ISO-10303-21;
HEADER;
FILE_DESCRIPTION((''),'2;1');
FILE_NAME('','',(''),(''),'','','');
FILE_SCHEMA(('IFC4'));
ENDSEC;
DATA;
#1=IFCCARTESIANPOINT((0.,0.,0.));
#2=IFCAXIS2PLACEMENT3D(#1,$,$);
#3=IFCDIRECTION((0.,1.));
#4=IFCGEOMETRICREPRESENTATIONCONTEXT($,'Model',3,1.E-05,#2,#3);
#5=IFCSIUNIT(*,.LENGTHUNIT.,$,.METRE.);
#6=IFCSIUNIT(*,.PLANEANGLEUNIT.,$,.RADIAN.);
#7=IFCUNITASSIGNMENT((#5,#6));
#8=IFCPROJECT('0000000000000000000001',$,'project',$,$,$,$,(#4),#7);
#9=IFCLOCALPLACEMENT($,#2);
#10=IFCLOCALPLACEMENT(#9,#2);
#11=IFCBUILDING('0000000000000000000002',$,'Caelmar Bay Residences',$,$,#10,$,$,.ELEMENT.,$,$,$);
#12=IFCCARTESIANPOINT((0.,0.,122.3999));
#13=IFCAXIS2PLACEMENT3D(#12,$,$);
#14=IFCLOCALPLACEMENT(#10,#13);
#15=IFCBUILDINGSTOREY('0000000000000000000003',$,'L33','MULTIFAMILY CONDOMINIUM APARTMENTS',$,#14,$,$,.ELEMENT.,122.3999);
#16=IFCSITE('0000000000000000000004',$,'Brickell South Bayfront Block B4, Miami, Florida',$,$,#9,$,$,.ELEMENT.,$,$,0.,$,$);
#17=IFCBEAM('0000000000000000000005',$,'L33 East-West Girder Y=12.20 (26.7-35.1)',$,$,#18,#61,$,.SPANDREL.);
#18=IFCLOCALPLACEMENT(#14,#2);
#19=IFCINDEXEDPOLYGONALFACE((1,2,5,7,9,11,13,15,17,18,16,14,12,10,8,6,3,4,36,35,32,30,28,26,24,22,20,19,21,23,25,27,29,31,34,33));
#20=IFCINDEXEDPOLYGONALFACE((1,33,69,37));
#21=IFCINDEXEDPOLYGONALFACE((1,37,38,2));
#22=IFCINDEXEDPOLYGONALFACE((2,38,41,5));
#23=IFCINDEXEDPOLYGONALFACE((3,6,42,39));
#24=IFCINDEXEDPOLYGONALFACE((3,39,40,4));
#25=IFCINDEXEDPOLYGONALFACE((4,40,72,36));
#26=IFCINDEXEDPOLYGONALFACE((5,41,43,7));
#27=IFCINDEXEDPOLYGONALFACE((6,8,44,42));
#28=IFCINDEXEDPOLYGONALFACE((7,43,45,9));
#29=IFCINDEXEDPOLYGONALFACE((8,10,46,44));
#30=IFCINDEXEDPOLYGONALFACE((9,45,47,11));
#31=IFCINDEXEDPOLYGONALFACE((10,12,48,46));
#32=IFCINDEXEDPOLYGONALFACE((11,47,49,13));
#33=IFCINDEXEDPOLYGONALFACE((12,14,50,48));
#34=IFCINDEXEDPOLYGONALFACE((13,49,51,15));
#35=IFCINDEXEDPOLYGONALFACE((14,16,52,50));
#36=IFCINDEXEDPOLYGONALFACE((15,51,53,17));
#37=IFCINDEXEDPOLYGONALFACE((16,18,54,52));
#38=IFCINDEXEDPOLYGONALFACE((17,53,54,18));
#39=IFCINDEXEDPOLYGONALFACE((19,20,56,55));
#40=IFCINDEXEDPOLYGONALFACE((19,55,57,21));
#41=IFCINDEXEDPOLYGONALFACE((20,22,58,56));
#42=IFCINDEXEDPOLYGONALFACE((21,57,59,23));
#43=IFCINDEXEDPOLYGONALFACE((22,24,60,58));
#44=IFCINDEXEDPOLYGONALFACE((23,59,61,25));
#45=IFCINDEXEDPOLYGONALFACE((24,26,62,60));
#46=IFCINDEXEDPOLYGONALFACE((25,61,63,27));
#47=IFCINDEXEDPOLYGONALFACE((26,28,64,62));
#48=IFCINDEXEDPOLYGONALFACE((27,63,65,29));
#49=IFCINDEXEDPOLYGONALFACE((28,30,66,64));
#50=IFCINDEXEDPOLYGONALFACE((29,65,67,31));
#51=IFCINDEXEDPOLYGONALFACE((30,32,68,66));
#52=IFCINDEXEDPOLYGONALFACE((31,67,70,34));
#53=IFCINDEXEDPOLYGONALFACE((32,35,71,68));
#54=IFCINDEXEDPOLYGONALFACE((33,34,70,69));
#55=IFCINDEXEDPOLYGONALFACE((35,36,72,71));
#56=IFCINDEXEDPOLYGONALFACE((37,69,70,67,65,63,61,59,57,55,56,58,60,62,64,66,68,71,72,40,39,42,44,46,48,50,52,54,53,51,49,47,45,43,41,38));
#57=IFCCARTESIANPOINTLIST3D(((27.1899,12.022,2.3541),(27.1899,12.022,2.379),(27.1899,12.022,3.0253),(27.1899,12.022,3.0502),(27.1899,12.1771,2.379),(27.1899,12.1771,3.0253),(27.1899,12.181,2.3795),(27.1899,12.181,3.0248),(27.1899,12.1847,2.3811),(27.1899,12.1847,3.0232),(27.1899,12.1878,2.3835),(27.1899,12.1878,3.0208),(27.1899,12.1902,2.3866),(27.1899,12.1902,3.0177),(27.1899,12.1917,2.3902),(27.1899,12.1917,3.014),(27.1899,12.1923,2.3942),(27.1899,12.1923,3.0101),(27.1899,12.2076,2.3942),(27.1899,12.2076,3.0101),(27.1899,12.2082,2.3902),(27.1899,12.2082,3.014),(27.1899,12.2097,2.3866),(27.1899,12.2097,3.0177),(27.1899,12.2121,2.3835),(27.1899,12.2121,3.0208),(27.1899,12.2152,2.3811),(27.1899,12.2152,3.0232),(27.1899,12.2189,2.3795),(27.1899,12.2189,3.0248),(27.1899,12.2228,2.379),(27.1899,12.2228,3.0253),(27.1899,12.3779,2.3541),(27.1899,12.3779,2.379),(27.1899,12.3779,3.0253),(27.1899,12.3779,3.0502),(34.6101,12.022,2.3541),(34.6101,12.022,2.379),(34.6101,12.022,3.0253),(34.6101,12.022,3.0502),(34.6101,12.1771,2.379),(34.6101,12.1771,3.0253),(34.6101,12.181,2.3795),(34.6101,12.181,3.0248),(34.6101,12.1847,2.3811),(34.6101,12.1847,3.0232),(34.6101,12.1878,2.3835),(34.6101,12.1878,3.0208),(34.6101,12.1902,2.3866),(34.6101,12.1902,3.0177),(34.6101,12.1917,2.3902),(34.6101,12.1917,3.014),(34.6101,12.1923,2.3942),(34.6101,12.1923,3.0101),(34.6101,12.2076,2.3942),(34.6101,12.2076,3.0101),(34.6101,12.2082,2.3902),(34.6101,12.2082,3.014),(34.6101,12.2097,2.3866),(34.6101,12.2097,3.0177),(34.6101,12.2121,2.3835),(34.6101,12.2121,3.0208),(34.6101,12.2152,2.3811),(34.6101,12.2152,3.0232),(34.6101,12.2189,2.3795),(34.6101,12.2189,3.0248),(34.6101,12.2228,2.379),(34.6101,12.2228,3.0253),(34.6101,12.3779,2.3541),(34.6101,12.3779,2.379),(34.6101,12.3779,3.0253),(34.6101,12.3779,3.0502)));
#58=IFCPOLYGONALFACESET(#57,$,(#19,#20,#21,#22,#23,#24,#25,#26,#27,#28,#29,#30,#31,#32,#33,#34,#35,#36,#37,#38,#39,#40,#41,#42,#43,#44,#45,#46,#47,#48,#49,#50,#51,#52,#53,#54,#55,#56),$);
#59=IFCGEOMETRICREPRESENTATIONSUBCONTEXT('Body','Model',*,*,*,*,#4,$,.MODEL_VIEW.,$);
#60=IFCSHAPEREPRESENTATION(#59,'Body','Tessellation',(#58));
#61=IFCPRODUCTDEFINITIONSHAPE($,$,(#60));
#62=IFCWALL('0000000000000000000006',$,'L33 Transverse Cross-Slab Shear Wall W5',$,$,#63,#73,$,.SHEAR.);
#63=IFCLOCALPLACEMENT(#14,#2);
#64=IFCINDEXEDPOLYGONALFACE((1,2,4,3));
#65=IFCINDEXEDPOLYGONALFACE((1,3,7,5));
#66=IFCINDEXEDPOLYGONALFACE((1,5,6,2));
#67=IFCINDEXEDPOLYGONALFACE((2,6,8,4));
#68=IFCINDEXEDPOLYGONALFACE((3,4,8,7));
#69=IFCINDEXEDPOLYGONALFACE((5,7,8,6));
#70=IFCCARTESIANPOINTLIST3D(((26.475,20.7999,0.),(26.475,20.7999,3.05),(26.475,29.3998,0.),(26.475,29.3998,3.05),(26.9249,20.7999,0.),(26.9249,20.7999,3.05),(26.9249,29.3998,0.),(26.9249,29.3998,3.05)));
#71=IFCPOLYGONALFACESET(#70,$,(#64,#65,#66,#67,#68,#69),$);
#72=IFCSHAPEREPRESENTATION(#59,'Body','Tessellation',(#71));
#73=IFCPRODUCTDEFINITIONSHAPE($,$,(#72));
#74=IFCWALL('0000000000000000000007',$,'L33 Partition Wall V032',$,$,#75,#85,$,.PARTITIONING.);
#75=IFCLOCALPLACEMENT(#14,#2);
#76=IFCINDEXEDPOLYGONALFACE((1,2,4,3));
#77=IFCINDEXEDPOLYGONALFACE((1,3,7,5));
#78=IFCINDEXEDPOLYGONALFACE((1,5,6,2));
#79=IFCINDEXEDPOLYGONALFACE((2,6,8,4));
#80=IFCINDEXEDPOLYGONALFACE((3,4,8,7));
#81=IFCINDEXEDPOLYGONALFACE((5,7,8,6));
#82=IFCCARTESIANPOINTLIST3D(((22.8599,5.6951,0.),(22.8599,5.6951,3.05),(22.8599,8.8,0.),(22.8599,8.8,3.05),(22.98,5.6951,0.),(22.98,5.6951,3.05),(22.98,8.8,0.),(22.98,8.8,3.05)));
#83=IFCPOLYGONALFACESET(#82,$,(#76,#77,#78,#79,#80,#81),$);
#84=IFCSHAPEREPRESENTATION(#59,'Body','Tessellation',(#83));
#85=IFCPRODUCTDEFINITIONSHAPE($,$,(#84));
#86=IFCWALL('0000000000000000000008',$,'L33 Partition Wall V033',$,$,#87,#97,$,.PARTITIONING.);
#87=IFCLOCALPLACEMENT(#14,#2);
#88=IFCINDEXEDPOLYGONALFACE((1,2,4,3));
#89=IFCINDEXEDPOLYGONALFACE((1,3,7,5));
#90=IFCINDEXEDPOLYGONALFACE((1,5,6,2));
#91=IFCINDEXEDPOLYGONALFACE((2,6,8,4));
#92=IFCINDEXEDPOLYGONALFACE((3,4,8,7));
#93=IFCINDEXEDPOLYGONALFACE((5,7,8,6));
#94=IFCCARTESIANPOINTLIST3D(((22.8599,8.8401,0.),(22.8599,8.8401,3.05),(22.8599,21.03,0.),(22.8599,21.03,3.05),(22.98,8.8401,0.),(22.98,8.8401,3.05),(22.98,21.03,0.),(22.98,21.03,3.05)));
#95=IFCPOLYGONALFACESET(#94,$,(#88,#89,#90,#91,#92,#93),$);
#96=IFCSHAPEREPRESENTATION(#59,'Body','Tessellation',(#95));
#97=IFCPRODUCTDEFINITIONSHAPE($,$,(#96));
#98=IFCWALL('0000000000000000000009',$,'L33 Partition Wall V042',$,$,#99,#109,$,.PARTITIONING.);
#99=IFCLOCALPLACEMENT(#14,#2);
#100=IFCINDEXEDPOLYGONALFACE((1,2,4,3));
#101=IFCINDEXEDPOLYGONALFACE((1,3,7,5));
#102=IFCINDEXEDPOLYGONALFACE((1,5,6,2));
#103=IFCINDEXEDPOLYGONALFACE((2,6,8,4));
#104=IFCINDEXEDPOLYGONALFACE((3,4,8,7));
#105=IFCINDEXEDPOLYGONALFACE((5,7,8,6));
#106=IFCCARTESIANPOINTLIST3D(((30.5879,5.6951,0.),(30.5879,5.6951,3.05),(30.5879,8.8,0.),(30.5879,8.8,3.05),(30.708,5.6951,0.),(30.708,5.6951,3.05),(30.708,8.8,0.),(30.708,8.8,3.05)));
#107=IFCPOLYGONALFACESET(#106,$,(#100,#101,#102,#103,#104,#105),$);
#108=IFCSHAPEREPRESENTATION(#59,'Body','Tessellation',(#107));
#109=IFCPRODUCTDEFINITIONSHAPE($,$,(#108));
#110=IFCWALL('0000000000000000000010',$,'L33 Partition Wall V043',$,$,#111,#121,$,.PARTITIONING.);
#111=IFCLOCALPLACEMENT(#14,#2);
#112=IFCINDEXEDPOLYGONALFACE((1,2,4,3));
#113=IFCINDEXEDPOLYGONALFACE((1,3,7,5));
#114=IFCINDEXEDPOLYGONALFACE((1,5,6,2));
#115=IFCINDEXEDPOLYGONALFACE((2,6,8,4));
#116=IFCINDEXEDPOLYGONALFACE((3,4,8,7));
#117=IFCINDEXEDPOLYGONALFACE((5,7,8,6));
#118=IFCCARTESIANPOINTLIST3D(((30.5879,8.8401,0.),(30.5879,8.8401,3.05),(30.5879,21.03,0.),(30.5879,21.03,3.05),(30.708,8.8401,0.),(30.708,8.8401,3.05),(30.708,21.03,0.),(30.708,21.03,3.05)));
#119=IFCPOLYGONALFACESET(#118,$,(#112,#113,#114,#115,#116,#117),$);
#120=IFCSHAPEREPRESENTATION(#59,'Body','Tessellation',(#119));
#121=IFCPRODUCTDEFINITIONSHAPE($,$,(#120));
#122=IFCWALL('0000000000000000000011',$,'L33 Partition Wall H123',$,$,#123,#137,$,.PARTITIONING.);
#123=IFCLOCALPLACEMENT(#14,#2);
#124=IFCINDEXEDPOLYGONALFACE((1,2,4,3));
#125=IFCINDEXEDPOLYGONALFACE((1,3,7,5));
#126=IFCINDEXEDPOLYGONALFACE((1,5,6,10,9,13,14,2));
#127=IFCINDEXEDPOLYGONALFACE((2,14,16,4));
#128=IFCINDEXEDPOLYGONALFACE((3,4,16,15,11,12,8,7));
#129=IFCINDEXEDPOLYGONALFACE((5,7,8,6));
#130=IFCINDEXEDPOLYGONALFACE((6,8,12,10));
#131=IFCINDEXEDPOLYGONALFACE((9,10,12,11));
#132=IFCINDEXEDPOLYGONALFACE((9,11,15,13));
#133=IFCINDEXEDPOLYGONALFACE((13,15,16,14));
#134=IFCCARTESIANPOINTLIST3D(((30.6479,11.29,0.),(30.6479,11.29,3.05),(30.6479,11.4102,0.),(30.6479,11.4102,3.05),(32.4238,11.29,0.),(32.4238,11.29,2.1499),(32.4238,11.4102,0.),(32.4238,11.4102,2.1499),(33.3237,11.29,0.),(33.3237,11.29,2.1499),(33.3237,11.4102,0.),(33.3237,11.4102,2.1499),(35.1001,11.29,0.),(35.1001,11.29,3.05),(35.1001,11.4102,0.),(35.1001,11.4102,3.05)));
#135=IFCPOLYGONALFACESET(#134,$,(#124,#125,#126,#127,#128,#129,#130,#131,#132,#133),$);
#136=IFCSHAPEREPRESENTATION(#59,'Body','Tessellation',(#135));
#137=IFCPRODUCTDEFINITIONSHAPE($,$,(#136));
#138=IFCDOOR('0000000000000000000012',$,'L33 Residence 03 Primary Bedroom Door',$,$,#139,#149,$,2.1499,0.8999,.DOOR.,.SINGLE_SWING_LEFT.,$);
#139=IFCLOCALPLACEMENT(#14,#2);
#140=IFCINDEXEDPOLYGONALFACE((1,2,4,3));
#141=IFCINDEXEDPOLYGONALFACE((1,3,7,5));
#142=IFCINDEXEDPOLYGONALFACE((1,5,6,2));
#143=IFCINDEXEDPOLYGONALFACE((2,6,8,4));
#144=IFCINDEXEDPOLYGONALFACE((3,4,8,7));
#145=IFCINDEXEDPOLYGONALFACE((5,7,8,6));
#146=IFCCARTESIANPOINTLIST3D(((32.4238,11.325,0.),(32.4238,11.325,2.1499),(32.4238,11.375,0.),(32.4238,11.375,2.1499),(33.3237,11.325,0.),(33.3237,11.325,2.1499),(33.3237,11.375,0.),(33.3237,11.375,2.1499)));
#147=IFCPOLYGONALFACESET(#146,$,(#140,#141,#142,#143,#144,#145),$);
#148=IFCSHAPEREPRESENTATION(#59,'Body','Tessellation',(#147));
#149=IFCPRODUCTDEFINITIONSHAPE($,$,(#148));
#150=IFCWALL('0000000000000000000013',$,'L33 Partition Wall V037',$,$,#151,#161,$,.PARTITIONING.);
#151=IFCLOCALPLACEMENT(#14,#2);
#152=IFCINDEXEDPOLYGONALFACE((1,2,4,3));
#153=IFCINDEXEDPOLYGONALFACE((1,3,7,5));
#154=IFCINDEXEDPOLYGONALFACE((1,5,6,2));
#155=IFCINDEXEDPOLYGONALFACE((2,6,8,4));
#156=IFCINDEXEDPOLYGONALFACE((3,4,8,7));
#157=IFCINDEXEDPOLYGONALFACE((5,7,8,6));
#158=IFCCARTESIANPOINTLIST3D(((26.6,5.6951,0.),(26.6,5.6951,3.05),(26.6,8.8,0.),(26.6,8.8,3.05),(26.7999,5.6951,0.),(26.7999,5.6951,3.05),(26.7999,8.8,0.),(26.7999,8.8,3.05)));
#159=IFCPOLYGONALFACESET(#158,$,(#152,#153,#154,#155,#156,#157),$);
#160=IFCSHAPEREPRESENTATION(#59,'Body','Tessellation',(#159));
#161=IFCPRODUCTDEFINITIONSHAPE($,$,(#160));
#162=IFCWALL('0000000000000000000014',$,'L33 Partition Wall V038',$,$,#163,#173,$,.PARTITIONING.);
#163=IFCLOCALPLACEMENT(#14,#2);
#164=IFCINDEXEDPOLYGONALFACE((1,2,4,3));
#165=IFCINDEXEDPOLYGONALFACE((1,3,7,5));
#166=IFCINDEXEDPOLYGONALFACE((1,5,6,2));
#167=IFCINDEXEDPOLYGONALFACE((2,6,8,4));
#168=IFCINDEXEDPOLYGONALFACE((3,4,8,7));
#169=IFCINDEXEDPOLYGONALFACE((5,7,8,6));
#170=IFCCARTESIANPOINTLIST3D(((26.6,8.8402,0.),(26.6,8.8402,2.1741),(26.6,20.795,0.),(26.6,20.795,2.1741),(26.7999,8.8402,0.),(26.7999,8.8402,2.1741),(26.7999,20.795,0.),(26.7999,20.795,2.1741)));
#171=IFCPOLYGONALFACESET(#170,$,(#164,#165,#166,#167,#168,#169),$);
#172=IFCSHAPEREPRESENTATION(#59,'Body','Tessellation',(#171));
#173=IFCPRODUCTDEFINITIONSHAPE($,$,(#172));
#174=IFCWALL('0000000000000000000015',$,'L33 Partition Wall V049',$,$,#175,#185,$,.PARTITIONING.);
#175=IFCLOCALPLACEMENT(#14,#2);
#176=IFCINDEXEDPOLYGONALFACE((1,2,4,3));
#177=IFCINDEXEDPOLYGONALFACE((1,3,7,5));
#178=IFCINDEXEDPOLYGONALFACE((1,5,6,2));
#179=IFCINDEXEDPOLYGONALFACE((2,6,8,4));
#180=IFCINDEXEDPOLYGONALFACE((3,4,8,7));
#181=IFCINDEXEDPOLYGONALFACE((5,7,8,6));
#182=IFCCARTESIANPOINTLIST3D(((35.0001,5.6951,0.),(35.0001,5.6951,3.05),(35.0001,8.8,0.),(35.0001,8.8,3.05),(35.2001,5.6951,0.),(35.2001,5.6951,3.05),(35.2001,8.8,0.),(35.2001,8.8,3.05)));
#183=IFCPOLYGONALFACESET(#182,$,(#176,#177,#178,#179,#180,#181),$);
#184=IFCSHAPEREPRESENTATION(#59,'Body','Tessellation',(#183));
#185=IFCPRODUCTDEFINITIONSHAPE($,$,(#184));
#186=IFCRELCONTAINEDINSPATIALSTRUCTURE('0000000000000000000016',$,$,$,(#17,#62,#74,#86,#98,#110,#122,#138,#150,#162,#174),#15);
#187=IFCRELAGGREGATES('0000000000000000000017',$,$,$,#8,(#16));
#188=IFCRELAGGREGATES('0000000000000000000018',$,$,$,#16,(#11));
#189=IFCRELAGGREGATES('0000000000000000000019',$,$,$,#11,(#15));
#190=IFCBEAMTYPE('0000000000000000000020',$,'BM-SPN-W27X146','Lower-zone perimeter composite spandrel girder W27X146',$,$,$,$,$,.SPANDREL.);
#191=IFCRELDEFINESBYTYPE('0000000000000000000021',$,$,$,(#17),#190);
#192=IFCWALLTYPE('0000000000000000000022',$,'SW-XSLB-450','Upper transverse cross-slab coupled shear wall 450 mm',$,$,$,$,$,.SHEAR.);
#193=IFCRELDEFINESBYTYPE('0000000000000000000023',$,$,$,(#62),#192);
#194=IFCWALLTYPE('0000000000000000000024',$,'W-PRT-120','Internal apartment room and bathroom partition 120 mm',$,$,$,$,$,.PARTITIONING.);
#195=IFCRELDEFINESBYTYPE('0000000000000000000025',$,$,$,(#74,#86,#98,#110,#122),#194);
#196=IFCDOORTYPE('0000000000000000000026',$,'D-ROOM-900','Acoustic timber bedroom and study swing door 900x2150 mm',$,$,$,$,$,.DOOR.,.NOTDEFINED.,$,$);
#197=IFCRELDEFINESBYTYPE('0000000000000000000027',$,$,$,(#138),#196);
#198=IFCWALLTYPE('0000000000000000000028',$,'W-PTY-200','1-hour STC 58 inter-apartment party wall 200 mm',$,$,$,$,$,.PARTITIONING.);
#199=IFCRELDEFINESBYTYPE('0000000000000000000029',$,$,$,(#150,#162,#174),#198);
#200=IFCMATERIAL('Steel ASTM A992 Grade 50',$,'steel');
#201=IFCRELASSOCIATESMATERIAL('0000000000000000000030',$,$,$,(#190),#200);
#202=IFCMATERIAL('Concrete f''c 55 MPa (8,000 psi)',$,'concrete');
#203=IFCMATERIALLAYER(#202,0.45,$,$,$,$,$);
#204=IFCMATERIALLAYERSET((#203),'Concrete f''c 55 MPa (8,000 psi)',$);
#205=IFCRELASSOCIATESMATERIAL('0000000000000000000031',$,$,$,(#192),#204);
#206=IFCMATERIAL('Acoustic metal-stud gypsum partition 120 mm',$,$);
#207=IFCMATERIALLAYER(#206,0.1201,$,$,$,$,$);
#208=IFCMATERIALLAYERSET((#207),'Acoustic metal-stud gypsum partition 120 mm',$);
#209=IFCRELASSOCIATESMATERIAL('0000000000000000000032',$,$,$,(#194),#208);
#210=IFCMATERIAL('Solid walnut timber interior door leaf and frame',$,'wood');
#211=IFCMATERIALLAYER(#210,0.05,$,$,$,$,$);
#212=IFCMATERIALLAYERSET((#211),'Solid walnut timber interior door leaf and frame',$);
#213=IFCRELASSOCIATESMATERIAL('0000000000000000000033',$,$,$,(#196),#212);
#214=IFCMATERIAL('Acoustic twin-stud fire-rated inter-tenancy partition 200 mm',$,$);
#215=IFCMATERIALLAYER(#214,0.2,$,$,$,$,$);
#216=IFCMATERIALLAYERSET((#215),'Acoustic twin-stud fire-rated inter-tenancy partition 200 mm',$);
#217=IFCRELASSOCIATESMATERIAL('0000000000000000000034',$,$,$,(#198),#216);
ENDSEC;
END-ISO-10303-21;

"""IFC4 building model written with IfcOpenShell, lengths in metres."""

from ifc_helpers import new_model, si_unit, direction, frame, frame_2d, origin, origin_2d, place, context, subcontext, project, spatial, rectangle, i_section, extrude, material, layer, layer_set, material_profile, profile_set, type_object, element, fill, save


model = new_model("IFC4")

# Units and contexts
model_context = context("Model", 3, precision=1e-05, world=origin(), true_north=direction((0.0, 1.0)))
body_context = subcontext(model_context, "Body", "Model", "MODEL_VIEW")
ifc_project = project(units=[si_unit("LENGTHUNIT", "METRE"), si_unit("PLANEANGLEUNIT", "RADIAN")], contexts=[model_context])

# Site, building, storey
site_placement = place(None, origin())
site = spatial("IfcSite", under=ifc_project, at=site_placement, Name="Brickell South Bayfront Block B4, Miami, Florida", CompositionType="ELEMENT", RefElevation=0.0)
building_placement = place(site_placement, origin())
building = spatial("IfcBuilding", under=site, at=building_placement, Name="Caelmar Bay Residences", CompositionType="ELEMENT")
storey_placement = place(building_placement, frame((0.0, 0.0, 122.3999)))
storey = spatial("IfcBuildingStorey", under=building, at=storey_placement, Name="L33", Description="MULTIFAMILY CONDOMINIUM APARTMENTS", CompositionType="ELEMENT", Elevation=122.3999)

# Beam
ifc_material_1 = material(Name="Steel ASTM A992 Grade 50", Category="steel")
ifc_material_profile_1 = material_profile(ifc_material_1, i_section(OverallWidth=0.356, OverallDepth=0.696, WebThickness=0.0154, FlangeThickness=0.0249, FilletRadius=0.0151, at=origin_2d()), Name="W27X146")
ifc_profile_set_1 = profile_set([ifc_material_profile_1], Name="Steel ASTM A992 Grade 50")
beam_type_1 = type_object("IfcBeamType", Name="BM-SPN-W27X146", Description="Lower-zone perimeter composite spandrel girder W27X146", PredefinedType="SPANDREL", material=ifc_profile_set_1)
beam_1_placement = place(storey_placement, frame((27.1899, 12.2, 2.7021), z_axis=(1.0, 0.0, 0.0), x_axis=(0.0, 1.0, 0.0)))
element("IfcBeam", 1, at=beam_1_placement, inside=storey, type_object=beam_type_1, Name="L33 East-West Girder Y=12.20 (26.7-35.1)", PredefinedType="SPANDREL", context=body_context, shape_type="SweptSolid", body=[
    extrude(i_section(OverallWidth=0.356, OverallDepth=0.696, WebThickness=0.0154, FlangeThickness=0.0249, FilletRadius=0.0151, at=origin_2d()), origin(), (0.0, 0.0, 1.0), 7.4202),
])

# Walls
ifc_material_2 = material(Name="Concrete f'c 55 MPa (8,000 psi)", Category="concrete")
ifc_layer_1 = layer(ifc_material_2, 0.45)
ifc_layer_set_1 = layer_set([ifc_layer_1], Name="Concrete f'c 55 MPa (8,000 psi)")
wall_type_1 = type_object("IfcWallType", Name="SW-XSLB-450", Description="Upper transverse cross-slab coupled shear wall 450 mm", PredefinedType="SHEAR", material=ifc_layer_set_1)
wall_1_placement = place(storey_placement, frame((26.7, 20.8, 0.0), z_axis=(0.0, 0.0, 1.0), x_axis=(0.0, 1.0, 0.0)))
element("IfcWall", 2, at=wall_1_placement, inside=storey, type_object=wall_type_1, Name="L33 Transverse Cross-Slab Shear Wall W5", PredefinedType="SHEAR", context=body_context, shape_type="SweptSolid", body=[
    extrude(rectangle(XDim=8.5999, YDim=0.45, at=frame_2d((4.2998, 0.0))), origin(), (0.0, 0.0, 1.0), 3.05),
])
ifc_material_3 = material(Name="Acoustic metal-stud gypsum partition 120 mm")
ifc_layer_2 = layer(ifc_material_3, 0.1201)
ifc_layer_set_2 = layer_set([ifc_layer_2], Name="Acoustic metal-stud gypsum partition 120 mm")
wall_type_2 = type_object("IfcWallType", Name="W-PRT-120", Description="Internal apartment room and bathroom partition 120 mm", PredefinedType="PARTITIONING", material=ifc_layer_set_2)
wall_2_placement = place(storey_placement, frame((22.9199, 5.6951, 0.0), z_axis=(0.0, 0.0, 1.0), x_axis=(0.0, 1.0, 0.0)))
element("IfcWall", 3, at=wall_2_placement, inside=storey, type_object=wall_type_2, Name="L33 Partition Wall V032", PredefinedType="PARTITIONING", context=body_context, shape_type="SweptSolid", body=[
    extrude(rectangle(XDim=3.105, YDim=0.1201, at=frame_2d((1.5525, 0.0))), origin(), (0.0, 0.0, 1.0), 3.05),
])
wall_3_placement = place(storey_placement, frame((22.9199, 8.8401, 0.0), z_axis=(0.0, 0.0, 1.0), x_axis=(0.0, 1.0, 0.0)))
element("IfcWall", 4, at=wall_3_placement, inside=storey, type_object=wall_type_2, Name="L33 Partition Wall V033", PredefinedType="PARTITIONING", context=body_context, shape_type="SweptSolid", body=[
    extrude(rectangle(XDim=12.1899, YDim=0.1201, at=frame_2d((6.095, 0.0))), origin(), (0.0, 0.0, 1.0), 3.05),
])
wall_4_placement = place(storey_placement, frame((30.6479, 5.6951, 0.0), z_axis=(0.0, 0.0, 1.0), x_axis=(0.0, 1.0, 0.0)))
element("IfcWall", 5, at=wall_4_placement, inside=storey, type_object=wall_type_2, Name="L33 Partition Wall V042", PredefinedType="PARTITIONING", context=body_context, shape_type="SweptSolid", body=[
    extrude(rectangle(XDim=3.105, YDim=0.1201, at=frame_2d((1.5525, 0.0))), origin(), (0.0, 0.0, 1.0), 3.05),
])
wall_5_placement = place(storey_placement, frame((30.6479, 8.8401, 0.0), z_axis=(0.0, 0.0, 1.0), x_axis=(0.0, 1.0, 0.0)))
element("IfcWall", 6, at=wall_5_placement, inside=storey, type_object=wall_type_2, Name="L33 Partition Wall V043", PredefinedType="PARTITIONING", context=body_context, shape_type="SweptSolid", body=[
    extrude(rectangle(XDim=12.1899, YDim=0.1201, at=frame_2d((6.095, 0.0))), origin(), (0.0, 0.0, 1.0), 3.05),
])

# Wall, opening, door
ifc_material_4 = material(Name="Solid walnut timber interior door leaf and frame", Category="wood")
ifc_layer_3 = layer(ifc_material_4, 0.05)
ifc_layer_set_3 = layer_set([ifc_layer_3], Name="Solid walnut timber interior door leaf and frame")
door_type = type_object("IfcDoorType", Name="D-ROOM-900", Description="Acoustic timber bedroom and study swing door 900x2150 mm", OperationType="NOTDEFINED", PredefinedType="DOOR", material=ifc_layer_set_3)
wall_6_placement = place(storey_placement, frame((30.6479, 11.3501, 0.0), z_axis=(0.0, 0.0, 1.0), x_axis=(1.0, 0.0, 0.0)))
wall_6 = element("IfcWall", 7, at=wall_6_placement, inside=storey, type_object=wall_type_2, Name="L33 Partition Wall H123", PredefinedType="PARTITIONING", context=body_context, shape_type="SweptSolid", body=[
    extrude(rectangle(XDim=4.4521, YDim=0.1201, at=frame_2d((2.2261, 0.0))), origin(), (0.0, 0.0, 1.0), 3.05),
])
opening_1_placement = place(wall_6_placement, frame((1.7759, 0.0, 0.0)))
opening_1 = element("IfcOpeningElement", 8, at=opening_1_placement, cuts=wall_6, PredefinedType="OPENING", context=body_context, shape_type="SweptSolid", body=[
    extrude(rectangle(XDim=0.8999, YDim=2.1499, at=frame_2d((0.45, 1.075))), frame((0.0, 0.0701, 0.0), z_axis=(0.0, -1.0, 0.0), x_axis=(1.0, 0.0, 0.0)), (0.0, 0.0, 1.0), 0.1401),
])
door_1_placement = place(opening_1_placement, origin())
door_1 = element("IfcDoor", 9, at=door_1_placement, inside=storey, type_object=door_type, Name="L33 Residence 03 Primary Bedroom Door", OperationType="SINGLE_SWING_LEFT", OverallHeight=2.1499, OverallWidth=0.8999, PredefinedType="DOOR", context=body_context, shape_type="SweptSolid", body=[
    extrude(rectangle(XDim=0.8999, YDim=2.1499, at=frame_2d((0.45, 1.075))), frame((0.0, 0.0249, 0.0), z_axis=(0.0, -1.0, 0.0), x_axis=(1.0, 0.0, 0.0)), (0.0, 0.0, 1.0), 0.05),
])
fill(opening_1, door_1)

# Walls
ifc_material_5 = material(Name="Acoustic twin-stud fire-rated inter-tenancy partition 200 mm")
ifc_layer_4 = layer(ifc_material_5, 0.2)
ifc_layer_set_4 = layer_set([ifc_layer_4], Name="Acoustic twin-stud fire-rated inter-tenancy partition 200 mm")
wall_type_3 = type_object("IfcWallType", Name="W-PTY-200", Description="1-hour STC 58 inter-apartment party wall 200 mm", PredefinedType="PARTITIONING", material=ifc_layer_set_4)
wall_7_placement = place(storey_placement, frame((26.7, 5.6951, 0.0), z_axis=(0.0, 0.0, 1.0), x_axis=(0.0, 1.0, 0.0)))
element("IfcWall", 10, at=wall_7_placement, inside=storey, type_object=wall_type_3, Name="L33 Partition Wall V037", PredefinedType="PARTITIONING", context=body_context, shape_type="SweptSolid", body=[
    extrude(rectangle(XDim=3.105, YDim=0.2, at=frame_2d((1.5525, 0.0))), origin(), (0.0, 0.0, 1.0), 3.05),
])
wall_8_placement = place(storey_placement, frame((26.7, 8.8401, 0.0), z_axis=(0.0, 0.0, 1.0), x_axis=(0.0, 1.0, 0.0)))
element("IfcWall", 11, at=wall_8_placement, inside=storey, type_object=wall_type_3, Name="L33 Partition Wall V038", PredefinedType="PARTITIONING", context=body_context, shape_type="SweptSolid", body=[
    extrude(rectangle(XDim=11.9548, YDim=0.2, at=frame_2d((5.9775, 0.0))), origin(), (0.0, 0.0, 1.0), 2.1741),
])
wall_9_placement = place(storey_placement, frame((35.1001, 5.6951, 0.0), z_axis=(0.0, 0.0, 1.0), x_axis=(0.0, 1.0, 0.0)))
element("IfcWall", 12, at=wall_9_placement, inside=storey, type_object=wall_type_3, Name="L33 Partition Wall V049", PredefinedType="PARTITIONING", context=body_context, shape_type="SweptSolid", body=[
    extrude(rectangle(XDim=3.105, YDim=0.2, at=frame_2d((1.5525, 0.0))), origin(), (0.0, 0.0, 1.0), 3.05),
])

save(model, "model.ifc")
